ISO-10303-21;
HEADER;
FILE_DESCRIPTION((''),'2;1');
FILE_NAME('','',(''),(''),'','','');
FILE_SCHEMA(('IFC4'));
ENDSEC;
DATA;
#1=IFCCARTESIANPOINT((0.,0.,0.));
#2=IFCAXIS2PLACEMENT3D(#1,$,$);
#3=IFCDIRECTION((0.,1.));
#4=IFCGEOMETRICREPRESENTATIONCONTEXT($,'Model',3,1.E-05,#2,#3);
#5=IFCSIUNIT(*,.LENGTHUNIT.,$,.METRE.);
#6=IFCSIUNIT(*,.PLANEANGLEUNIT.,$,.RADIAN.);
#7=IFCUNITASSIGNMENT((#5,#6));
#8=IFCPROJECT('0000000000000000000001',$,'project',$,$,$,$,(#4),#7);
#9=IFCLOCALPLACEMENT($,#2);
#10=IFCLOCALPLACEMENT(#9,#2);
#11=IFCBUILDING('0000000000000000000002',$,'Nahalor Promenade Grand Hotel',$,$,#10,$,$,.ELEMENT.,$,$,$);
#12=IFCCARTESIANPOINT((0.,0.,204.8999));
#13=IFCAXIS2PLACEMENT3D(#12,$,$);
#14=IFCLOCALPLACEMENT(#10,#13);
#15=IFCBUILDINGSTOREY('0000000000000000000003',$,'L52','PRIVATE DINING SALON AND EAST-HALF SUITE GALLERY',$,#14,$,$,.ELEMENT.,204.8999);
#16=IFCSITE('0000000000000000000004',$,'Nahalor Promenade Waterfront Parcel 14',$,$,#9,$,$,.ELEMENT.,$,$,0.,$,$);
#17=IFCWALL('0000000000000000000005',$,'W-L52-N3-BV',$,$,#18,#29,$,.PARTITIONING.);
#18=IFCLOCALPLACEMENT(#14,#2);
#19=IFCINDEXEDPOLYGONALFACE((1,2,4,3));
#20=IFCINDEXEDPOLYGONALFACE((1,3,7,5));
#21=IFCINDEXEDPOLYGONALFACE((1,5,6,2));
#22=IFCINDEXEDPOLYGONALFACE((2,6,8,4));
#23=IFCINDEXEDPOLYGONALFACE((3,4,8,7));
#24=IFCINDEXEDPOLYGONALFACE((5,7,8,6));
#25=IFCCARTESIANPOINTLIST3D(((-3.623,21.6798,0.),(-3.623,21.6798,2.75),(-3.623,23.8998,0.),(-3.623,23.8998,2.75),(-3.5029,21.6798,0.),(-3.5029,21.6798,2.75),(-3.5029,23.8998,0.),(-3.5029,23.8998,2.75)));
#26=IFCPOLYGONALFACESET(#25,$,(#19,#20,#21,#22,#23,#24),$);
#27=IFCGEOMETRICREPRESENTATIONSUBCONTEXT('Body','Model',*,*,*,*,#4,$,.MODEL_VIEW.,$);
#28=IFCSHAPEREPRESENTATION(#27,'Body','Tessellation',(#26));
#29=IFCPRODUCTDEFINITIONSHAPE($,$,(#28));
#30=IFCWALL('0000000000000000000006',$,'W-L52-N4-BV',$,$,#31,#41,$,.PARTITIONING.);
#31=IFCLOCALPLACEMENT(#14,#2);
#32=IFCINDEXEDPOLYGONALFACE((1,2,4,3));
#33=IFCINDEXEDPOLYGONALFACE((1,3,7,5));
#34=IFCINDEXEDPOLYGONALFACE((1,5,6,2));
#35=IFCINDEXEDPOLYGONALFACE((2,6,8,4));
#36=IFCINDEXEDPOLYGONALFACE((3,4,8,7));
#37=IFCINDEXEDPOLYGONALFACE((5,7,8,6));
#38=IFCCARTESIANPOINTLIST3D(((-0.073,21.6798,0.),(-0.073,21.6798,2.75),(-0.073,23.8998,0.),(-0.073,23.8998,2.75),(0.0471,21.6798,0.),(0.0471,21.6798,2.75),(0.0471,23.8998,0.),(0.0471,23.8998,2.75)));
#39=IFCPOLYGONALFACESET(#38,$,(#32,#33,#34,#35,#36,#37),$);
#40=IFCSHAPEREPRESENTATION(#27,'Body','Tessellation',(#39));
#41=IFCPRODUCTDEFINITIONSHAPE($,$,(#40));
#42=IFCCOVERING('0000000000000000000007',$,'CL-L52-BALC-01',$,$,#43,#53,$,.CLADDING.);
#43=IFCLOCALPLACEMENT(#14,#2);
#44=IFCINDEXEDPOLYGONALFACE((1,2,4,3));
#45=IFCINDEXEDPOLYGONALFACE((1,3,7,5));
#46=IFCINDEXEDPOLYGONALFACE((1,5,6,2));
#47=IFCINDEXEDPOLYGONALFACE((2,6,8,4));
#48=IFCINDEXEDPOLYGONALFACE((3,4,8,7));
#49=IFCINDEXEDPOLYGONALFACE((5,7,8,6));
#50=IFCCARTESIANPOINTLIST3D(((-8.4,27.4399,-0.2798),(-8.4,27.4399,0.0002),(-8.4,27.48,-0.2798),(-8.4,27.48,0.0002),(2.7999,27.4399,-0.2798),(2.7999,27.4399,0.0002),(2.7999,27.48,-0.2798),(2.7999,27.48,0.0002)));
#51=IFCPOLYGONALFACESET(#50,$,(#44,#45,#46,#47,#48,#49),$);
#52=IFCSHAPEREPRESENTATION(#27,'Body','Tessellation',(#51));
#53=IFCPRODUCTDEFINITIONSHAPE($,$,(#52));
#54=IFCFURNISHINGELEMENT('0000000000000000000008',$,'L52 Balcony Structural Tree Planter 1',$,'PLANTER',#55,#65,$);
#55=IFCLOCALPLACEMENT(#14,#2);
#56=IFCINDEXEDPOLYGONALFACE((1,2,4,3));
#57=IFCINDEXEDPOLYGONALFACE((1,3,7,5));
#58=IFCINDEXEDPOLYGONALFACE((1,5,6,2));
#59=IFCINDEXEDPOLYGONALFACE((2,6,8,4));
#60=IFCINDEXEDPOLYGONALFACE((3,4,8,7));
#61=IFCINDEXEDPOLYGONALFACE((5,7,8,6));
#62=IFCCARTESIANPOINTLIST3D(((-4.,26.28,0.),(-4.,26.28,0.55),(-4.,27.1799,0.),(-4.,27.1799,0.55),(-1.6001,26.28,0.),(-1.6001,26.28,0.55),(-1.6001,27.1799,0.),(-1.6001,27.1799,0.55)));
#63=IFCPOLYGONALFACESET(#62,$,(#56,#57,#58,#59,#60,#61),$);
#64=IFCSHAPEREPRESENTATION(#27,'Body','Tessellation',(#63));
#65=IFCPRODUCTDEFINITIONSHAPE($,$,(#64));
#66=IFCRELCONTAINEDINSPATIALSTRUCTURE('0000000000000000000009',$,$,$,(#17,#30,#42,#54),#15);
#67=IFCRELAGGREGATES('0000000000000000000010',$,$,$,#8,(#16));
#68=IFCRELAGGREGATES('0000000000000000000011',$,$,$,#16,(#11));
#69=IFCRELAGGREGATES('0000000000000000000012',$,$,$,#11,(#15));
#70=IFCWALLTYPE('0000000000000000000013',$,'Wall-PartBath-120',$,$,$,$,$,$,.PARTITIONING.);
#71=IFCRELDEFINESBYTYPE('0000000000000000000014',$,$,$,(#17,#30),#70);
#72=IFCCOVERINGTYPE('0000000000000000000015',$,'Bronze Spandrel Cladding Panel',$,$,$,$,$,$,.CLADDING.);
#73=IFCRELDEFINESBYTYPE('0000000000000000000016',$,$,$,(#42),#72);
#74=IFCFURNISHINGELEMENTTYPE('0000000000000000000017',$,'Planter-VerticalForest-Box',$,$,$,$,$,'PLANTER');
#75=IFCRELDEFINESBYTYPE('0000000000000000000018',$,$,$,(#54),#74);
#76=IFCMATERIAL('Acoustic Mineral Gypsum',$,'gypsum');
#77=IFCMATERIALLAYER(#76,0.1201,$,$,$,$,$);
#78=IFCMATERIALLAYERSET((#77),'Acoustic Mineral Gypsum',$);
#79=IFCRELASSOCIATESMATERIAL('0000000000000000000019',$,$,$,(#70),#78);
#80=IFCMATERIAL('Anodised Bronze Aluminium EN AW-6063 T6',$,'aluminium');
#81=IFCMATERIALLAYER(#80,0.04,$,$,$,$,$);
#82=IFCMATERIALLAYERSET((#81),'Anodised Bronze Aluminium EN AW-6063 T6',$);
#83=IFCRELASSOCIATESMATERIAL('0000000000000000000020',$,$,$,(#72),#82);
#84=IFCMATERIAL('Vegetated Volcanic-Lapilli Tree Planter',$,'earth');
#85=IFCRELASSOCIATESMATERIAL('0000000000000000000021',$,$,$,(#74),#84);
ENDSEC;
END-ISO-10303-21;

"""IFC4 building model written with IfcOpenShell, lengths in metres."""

from ifc_helpers import new_model, si_unit, direction, frame, frame_2d, origin, origin_2d, place, context, subcontext, project, spatial, rectangle, extrude, source, transform, mapped, material, layer, layer_set, type_object, element, save


model = new_model("IFC4")

# Units and contexts
model_context = context("Model", 3, precision=1e-05, world=origin(), true_north=direction((0.0, 1.0)))
body_context = subcontext(model_context, "Body", "Model", "MODEL_VIEW")
ifc_project = project(units=[si_unit("LENGTHUNIT", "METRE"), si_unit("PLANEANGLEUNIT", "RADIAN")], contexts=[model_context])

# Site, building, storey
site_placement = place(None, origin())
site = spatial("IfcSite", under=ifc_project, at=site_placement, Name="Nahalor Promenade Waterfront Parcel 14", CompositionType="ELEMENT", RefElevation=0.0)
building_placement = place(site_placement, origin())
building = spatial("IfcBuilding", under=site, at=building_placement, Name="Nahalor Promenade Grand Hotel", CompositionType="ELEMENT")
storey_placement = place(building_placement, frame((0.0, 0.0, 204.8999)))
storey = spatial("IfcBuildingStorey", under=building, at=storey_placement, Name="L52", Description="PRIVATE DINING SALON AND EAST-HALF SUITE GALLERY", CompositionType="ELEMENT", Elevation=204.8999)

# Shared definitions
ifc_material_1 = material(Name="Anodised Bronze Aluminium EN AW-6063 T6", Category="aluminium")

# Shared definitions
ifc_material_2 = material(Name="Acoustic Mineral Gypsum", Category="gypsum")
ifc_layer_1 = layer(ifc_material_2, 0.1201)
ifc_layer_set_1 = layer_set([ifc_layer_1], Name="Acoustic Mineral Gypsum")
wall_type_1 = type_object("IfcWallType", Name="Wall-PartBath-120", PredefinedType="PARTITIONING", material=ifc_layer_set_1)

# Walls
shared_shape_1 = source(origin(), body_context, "Body", "SweptSolid", [
    extrude(rectangle(XDim=2.22, YDim=0.1201, at=frame_2d((1.1099, 0.0))), origin(), (0.0, 0.0, 1.0), 2.75),
])
for number, where, z_axis, x_axis, name in (
    (1, (-3.563, 21.6799, 0.0), (0.0, 0.0, 1.0), (0.0, 1.0, 0.0), "W-L52-N3-BV"),
    (2, (-0.0129, 21.6799, 0.0), (0.0, 0.0, 1.0), (0.0, 1.0, 0.0), "W-L52-N4-BV"),
):
    element("IfcWall", number, at=place(storey_placement, frame(where, z_axis=z_axis, x_axis=x_axis)), inside=storey, type_object=wall_type_1, Name=name, PredefinedType="PARTITIONING", context=body_context, shape_type="MappedRepresentation", body=[
        mapped(shared_shape_1, transform((0.0, 0.0, 0.0), scale=1.0)),
    ])

# Covering
ifc_layer_2 = layer(ifc_material_1, 0.04)
ifc_layer_set_2 = layer_set([ifc_layer_2], Name="Anodised Bronze Aluminium EN AW-6063 T6")
covering_type = type_object("IfcCoveringType", Name="Bronze Spandrel Cladding Panel", PredefinedType="CLADDING", material=ifc_layer_set_2)
shared_shape_2 = source(origin(), body_context, "Body", "SweptSolid", [
    extrude(rectangle(XDim=11.2, YDim=0.04, at=origin_2d()), origin(), (0.0, 0.0, 1.0), 0.28),
])
covering_placement = place(storey_placement, frame((-2.8, 27.46, -0.2798), z_axis=(0.0, 0.0, 1.0), x_axis=(1.0, 0.0, 0.0)))
element("IfcCovering", 3, at=covering_placement, inside=storey, type_object=covering_type, Name="CL-L52-BALC-01", PredefinedType="CLADDING", context=body_context, shape_type="MappedRepresentation", body=[
    mapped(shared_shape_2, transform((0.0, 0.0, 0.0), scale=1.0)),
])

# Furnishing element
ifc_material_3 = material(Name="Vegetated Volcanic-Lapilli Tree Planter", Category="earth")
furnishing_element_type = type_object("IfcFurnishingElementType", Name="Planter-VerticalForest-Box", ElementType="PLANTER", material=ifc_material_3)
shared_shape_3 = source(origin(), body_context, "Body", "SweptSolid", [
    extrude(rectangle(XDim=2.3999, YDim=0.8999, at=origin_2d()), origin(), (0.0, 0.0, 1.0), 0.55),
])
furnishing_placement = place(storey_placement, frame((-2.8, 26.73, 0.0), z_axis=(0.0, 0.0, 1.0), x_axis=(1.0, 0.0, 0.0)))
element("IfcFurnishingElement", 4, at=furnishing_placement, inside=storey, type_object=furnishing_element_type, Name="L52 Balcony Structural Tree Planter 1", ObjectType="PLANTER", context=body_context, shape_type="MappedRepresentation", body=[
    mapped(shared_shape_3, transform((0.0, 0.0, 0.0), scale=1.0)),
])

save(model, "model.ifc")
